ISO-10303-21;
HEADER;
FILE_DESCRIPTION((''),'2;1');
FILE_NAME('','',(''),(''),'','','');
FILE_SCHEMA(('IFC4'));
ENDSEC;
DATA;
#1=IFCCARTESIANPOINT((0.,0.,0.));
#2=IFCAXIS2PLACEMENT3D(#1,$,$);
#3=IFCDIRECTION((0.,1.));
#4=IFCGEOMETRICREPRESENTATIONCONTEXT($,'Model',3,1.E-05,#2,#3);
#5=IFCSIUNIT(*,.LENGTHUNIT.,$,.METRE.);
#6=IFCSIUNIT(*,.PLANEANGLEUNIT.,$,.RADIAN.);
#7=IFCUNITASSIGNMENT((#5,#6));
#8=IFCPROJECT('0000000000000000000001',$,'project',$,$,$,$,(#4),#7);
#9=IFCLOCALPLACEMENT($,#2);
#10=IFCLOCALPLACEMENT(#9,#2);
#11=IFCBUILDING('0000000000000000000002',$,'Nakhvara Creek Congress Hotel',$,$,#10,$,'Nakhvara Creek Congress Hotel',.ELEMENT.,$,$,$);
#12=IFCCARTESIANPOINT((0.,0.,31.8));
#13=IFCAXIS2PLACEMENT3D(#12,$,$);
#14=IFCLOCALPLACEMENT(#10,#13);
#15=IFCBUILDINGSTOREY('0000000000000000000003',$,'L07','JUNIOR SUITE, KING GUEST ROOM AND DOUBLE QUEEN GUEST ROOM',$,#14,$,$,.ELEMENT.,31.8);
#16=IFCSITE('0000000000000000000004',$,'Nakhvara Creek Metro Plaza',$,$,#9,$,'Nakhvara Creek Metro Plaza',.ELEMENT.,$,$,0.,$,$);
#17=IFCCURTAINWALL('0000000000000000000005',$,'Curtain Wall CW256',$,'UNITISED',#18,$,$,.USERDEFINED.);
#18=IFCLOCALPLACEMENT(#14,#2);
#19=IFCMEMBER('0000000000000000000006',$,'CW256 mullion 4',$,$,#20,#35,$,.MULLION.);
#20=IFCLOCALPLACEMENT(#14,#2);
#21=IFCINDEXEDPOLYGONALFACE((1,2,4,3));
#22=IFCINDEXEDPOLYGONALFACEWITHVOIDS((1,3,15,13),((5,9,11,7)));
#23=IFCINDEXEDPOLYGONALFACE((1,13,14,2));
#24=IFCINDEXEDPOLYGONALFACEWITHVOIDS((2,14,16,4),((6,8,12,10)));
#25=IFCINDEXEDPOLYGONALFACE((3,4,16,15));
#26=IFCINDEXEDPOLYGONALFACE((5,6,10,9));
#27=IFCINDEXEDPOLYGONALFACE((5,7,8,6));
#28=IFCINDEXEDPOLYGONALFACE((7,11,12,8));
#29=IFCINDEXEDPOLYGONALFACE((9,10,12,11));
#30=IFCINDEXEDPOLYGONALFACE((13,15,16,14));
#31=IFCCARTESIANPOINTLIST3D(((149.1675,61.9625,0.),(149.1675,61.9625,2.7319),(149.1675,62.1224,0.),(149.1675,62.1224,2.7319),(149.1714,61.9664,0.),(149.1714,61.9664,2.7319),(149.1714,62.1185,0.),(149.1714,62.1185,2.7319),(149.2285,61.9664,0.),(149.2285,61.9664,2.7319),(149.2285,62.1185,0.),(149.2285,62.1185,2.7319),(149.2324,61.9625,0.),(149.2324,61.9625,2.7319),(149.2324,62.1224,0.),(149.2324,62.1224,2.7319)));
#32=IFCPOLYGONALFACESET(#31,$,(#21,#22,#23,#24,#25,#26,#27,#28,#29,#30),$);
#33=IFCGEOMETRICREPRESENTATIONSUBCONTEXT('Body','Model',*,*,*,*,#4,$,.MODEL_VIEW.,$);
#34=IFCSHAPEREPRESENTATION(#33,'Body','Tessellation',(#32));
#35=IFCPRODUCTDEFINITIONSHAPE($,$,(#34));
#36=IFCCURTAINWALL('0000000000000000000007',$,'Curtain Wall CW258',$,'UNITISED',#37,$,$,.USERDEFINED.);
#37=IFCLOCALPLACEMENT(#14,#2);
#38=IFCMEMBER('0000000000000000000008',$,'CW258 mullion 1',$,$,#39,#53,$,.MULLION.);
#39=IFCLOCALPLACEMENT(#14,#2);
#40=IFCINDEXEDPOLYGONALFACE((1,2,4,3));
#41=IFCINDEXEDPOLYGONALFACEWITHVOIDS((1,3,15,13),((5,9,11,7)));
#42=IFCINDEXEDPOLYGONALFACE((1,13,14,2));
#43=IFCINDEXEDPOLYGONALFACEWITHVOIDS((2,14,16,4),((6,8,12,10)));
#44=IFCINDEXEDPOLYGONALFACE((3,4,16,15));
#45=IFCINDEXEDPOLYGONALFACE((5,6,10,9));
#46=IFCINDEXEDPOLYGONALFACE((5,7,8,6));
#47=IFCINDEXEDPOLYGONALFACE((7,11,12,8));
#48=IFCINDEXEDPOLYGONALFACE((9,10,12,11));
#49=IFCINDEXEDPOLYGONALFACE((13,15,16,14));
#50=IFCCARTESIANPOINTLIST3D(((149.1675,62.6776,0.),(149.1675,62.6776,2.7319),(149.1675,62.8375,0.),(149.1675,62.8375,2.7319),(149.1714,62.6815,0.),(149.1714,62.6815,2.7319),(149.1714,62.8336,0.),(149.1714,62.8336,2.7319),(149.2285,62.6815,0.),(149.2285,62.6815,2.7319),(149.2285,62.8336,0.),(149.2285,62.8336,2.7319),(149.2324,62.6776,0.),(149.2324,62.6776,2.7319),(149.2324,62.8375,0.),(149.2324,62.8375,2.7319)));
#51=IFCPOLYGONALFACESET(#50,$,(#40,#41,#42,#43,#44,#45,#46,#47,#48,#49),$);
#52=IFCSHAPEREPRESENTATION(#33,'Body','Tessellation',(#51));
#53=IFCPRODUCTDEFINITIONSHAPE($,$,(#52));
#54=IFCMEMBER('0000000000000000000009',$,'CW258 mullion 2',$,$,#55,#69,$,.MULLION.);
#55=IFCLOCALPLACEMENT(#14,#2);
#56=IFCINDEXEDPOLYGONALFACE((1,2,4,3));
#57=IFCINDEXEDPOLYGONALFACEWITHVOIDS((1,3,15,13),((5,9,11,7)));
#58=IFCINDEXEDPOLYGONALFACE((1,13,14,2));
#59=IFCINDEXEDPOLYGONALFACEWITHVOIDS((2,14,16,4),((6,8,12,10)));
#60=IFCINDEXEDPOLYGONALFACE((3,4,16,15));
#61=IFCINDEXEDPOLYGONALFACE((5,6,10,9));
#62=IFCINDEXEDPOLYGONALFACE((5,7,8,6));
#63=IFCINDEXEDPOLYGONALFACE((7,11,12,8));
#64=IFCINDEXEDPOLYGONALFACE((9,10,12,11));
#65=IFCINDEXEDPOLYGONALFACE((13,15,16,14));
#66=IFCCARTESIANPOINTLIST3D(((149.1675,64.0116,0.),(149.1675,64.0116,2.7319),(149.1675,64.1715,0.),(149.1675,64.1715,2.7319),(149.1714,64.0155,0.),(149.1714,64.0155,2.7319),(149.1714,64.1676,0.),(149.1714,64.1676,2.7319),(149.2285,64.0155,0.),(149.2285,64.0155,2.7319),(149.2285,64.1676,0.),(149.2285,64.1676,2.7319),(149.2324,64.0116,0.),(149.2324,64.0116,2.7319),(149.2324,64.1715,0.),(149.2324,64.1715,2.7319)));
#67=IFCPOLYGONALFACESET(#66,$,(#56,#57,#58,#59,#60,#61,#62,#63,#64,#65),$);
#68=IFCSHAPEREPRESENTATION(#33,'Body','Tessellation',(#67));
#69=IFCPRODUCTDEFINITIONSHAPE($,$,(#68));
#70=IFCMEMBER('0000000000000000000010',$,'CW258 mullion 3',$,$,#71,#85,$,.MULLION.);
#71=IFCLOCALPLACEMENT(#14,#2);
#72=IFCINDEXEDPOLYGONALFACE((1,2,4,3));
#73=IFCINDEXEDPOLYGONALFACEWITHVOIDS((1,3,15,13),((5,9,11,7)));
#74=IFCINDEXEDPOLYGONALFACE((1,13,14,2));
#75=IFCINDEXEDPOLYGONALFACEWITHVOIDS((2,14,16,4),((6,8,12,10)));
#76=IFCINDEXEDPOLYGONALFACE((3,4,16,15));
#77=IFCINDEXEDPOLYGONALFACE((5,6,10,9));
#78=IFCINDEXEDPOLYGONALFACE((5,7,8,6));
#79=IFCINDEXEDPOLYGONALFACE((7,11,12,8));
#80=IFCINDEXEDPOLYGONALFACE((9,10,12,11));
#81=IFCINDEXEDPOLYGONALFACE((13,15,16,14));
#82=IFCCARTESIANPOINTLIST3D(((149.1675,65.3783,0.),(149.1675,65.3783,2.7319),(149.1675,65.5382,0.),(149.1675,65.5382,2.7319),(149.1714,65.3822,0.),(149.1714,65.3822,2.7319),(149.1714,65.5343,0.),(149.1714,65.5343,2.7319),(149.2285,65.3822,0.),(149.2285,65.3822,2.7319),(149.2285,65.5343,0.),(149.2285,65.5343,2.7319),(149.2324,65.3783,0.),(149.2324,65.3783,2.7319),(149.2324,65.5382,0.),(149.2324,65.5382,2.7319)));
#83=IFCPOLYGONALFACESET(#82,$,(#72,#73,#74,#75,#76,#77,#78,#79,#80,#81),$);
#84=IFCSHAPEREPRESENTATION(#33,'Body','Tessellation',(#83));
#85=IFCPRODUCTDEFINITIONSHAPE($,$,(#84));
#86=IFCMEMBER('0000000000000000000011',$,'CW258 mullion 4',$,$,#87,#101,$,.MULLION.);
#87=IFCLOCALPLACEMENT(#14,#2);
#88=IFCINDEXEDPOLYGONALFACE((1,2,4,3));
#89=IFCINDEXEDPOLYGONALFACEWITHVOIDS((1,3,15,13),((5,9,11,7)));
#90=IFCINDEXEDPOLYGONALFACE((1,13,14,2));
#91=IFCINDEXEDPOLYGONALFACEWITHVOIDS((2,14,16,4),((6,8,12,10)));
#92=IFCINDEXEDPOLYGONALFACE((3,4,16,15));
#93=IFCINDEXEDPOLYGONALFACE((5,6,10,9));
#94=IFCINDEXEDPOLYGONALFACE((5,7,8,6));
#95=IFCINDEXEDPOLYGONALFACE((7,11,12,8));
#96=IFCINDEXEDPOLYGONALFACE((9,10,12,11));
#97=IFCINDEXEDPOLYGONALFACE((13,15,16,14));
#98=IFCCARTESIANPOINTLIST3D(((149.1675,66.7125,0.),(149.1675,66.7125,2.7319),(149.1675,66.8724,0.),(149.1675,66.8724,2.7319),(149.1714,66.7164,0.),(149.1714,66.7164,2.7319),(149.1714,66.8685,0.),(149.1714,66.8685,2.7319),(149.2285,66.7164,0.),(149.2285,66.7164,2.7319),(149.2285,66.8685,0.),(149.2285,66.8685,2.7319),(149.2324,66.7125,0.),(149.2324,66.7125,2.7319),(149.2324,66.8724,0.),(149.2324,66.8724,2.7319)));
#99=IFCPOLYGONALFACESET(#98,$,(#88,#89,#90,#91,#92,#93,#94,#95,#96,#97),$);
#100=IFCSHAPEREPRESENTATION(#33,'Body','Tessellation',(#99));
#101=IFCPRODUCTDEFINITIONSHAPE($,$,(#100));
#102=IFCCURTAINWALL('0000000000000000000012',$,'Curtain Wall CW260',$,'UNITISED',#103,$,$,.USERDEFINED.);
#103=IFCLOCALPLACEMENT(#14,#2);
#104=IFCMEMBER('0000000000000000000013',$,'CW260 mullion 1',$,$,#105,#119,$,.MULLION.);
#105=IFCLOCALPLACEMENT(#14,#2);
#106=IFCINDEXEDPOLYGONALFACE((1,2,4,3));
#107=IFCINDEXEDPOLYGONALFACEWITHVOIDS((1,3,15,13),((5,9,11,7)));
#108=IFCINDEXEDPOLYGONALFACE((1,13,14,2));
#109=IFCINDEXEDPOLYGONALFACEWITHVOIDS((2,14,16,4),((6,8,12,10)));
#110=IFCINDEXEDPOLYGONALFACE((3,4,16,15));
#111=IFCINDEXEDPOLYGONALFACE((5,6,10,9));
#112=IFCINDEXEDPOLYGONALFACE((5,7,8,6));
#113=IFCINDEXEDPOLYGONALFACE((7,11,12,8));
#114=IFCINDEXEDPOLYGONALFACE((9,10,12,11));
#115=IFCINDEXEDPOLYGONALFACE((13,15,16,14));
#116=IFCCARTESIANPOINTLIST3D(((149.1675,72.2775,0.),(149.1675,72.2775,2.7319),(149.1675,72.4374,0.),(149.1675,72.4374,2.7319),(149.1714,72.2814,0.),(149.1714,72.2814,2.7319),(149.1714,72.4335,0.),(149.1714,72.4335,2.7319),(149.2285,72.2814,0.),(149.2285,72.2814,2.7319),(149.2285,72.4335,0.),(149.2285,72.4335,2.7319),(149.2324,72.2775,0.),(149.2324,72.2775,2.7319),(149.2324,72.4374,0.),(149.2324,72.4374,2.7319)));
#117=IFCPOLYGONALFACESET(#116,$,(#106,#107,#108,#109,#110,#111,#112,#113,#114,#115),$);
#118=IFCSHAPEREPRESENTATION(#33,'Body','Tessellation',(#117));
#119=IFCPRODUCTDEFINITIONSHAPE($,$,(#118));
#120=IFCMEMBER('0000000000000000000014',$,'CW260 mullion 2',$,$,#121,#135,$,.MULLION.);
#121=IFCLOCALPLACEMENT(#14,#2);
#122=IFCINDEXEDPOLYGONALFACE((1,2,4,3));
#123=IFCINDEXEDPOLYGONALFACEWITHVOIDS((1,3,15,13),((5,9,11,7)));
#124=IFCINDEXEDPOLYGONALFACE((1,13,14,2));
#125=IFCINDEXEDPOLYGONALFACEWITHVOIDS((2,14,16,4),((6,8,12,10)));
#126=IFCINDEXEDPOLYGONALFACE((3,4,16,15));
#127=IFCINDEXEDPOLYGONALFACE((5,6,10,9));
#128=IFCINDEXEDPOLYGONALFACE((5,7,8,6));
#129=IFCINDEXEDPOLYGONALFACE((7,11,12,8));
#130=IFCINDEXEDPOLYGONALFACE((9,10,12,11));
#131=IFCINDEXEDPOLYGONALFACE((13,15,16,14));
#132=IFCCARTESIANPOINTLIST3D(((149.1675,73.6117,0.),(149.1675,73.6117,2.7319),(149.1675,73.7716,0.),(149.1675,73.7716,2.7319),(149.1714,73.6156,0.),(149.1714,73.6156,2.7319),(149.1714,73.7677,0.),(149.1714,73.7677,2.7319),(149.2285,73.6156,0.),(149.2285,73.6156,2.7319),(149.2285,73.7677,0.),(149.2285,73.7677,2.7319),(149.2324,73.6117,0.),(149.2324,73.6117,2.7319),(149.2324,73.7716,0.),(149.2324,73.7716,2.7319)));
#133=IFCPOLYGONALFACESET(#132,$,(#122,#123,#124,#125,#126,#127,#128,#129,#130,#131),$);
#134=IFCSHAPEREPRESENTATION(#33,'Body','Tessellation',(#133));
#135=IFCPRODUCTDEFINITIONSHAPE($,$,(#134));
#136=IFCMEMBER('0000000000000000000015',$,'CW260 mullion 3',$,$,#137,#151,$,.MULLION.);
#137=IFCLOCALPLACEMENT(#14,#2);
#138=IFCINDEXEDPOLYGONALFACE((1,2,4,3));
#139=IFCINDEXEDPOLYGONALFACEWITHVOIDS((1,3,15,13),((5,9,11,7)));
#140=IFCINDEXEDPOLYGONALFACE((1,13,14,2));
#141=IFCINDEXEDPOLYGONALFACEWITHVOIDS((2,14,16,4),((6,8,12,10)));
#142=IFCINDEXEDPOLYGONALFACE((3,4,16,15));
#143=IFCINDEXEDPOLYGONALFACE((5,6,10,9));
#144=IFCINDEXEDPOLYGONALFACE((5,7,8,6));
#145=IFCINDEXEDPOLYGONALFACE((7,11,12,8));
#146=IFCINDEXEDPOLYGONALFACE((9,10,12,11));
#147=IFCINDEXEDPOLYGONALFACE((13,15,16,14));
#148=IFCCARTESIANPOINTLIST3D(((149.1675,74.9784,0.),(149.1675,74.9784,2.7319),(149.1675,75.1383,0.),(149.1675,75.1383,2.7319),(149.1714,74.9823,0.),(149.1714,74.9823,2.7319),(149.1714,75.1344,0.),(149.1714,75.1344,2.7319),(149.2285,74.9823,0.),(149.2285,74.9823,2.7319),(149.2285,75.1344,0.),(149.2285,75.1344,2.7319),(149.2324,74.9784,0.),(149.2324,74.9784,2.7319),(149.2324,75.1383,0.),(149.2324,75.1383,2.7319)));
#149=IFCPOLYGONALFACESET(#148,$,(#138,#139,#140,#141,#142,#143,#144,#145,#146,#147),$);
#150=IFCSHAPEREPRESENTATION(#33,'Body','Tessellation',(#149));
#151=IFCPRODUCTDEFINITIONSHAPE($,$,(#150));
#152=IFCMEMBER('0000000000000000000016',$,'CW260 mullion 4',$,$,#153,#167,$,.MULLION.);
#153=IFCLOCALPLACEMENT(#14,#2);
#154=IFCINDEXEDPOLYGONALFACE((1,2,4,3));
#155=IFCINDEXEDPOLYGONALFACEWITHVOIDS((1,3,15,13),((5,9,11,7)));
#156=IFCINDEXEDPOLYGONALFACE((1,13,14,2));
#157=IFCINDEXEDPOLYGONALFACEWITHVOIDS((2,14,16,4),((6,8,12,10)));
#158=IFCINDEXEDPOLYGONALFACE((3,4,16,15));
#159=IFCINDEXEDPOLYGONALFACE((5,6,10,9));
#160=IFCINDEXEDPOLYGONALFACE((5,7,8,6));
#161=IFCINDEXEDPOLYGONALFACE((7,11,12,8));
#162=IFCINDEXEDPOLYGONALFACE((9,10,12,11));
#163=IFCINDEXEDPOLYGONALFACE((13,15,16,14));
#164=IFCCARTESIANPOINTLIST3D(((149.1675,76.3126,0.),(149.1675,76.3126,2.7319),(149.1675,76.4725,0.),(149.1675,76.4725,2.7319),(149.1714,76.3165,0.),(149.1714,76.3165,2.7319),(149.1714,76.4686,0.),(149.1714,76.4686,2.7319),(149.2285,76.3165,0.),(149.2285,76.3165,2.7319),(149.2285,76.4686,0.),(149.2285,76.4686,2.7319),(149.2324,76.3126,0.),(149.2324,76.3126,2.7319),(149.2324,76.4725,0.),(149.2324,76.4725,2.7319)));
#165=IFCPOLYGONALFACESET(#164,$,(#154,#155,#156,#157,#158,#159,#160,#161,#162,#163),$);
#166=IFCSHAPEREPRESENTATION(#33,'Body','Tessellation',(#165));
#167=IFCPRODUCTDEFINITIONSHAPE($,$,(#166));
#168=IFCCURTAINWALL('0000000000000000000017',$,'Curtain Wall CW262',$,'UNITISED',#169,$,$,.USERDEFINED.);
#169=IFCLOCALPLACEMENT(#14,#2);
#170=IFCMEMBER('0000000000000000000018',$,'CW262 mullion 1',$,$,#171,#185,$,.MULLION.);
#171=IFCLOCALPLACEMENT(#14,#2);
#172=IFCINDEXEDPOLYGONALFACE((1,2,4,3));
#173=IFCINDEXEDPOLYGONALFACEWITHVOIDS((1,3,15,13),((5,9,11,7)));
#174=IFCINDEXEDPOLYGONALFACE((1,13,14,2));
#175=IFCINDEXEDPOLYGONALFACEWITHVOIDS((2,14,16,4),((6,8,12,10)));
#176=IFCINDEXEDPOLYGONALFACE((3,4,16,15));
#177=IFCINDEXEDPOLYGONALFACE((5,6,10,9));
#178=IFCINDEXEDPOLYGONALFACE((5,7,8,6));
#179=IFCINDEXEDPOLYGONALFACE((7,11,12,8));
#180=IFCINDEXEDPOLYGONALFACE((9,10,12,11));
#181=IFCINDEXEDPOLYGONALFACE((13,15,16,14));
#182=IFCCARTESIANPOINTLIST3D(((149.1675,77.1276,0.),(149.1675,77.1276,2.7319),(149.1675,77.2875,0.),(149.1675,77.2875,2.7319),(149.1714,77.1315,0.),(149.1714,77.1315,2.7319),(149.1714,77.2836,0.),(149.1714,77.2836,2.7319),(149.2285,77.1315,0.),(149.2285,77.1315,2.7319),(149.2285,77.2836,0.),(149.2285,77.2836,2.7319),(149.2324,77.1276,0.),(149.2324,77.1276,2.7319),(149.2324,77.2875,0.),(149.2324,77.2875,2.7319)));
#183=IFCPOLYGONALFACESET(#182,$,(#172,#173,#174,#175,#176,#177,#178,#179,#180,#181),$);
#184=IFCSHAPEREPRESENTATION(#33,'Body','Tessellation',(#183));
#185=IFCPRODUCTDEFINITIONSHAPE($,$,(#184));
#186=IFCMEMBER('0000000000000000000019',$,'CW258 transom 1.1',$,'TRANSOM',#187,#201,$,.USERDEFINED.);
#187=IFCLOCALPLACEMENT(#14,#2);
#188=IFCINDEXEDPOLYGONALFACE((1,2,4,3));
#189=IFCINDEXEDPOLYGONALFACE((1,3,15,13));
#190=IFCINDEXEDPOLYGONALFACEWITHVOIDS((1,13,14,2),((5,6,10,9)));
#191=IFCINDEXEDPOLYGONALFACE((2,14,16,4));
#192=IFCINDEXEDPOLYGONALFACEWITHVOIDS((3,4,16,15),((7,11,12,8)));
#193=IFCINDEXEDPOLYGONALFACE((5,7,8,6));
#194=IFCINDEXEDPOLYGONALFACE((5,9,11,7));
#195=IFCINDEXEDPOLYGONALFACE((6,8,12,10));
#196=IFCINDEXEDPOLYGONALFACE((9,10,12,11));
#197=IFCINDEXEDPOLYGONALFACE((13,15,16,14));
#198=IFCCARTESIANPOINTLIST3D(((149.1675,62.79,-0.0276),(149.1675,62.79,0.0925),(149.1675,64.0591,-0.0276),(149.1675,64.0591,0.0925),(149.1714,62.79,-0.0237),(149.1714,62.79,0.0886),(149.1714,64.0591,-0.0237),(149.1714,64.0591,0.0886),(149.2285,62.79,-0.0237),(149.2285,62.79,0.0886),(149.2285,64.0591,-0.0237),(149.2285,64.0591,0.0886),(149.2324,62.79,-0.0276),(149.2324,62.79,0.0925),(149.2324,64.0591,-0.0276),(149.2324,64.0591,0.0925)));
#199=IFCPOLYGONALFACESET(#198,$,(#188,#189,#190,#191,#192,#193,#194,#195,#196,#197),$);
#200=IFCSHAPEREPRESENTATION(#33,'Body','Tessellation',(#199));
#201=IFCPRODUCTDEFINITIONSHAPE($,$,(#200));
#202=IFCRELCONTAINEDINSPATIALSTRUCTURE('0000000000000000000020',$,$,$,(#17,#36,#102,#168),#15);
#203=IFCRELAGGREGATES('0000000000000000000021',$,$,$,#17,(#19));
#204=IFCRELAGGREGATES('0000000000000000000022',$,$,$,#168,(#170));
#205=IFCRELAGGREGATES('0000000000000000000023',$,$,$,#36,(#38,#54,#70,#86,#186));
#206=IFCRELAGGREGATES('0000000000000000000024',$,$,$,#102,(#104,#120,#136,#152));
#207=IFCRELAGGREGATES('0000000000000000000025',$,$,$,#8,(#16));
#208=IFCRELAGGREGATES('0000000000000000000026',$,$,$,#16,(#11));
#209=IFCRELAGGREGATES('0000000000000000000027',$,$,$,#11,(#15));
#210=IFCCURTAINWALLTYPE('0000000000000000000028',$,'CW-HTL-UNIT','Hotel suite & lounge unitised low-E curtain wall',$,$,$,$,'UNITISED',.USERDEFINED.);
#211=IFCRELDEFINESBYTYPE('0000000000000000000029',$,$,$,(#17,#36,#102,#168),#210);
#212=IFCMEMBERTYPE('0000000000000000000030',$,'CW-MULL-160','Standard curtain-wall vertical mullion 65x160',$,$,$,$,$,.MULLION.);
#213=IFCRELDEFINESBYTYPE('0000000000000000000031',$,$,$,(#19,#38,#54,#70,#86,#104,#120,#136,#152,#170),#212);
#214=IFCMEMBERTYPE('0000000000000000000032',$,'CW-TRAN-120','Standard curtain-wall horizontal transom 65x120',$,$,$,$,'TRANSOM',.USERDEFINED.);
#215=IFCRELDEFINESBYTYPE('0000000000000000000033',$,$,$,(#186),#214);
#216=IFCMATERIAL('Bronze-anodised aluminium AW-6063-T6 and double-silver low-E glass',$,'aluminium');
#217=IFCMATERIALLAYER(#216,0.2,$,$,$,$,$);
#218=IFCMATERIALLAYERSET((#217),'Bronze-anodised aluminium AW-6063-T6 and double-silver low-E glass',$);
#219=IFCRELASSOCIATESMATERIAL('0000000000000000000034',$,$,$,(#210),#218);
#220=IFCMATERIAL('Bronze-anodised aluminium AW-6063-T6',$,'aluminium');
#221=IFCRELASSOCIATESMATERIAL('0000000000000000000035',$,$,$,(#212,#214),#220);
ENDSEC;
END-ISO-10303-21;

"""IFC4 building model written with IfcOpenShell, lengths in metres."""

from ifc_helpers import new_model, si_unit, direction, frame, origin, origin_2d, place, context, subcontext, project, spatial, hollow_rectangle, extrude, material, layer, layer_set, material_profile, profile_set, type_object, element, aggregate, save


model = new_model("IFC4")

# Units and contexts
model_context = context("Model", 3, precision=1e-05, world=origin(), true_north=direction((0.0, 1.0)))
body_context = subcontext(model_context, "Body", "Model", "MODEL_VIEW")
ifc_project = project(units=[si_unit("LENGTHUNIT", "METRE"), si_unit("PLANEANGLEUNIT", "RADIAN")], contexts=[model_context])

# Site, building, storey
site_placement = place(None, origin())
site = spatial("IfcSite", under=ifc_project, at=site_placement, Name="Nakhvara Creek Metro Plaza", LongName="Nakhvara Creek Metro Plaza", CompositionType="ELEMENT", RefElevation=0.0)
building_placement = place(site_placement, origin())
building = spatial("IfcBuilding", under=site, at=building_placement, Name="Nakhvara Creek Congress Hotel", LongName="Nakhvara Creek Congress Hotel", CompositionType="ELEMENT")
storey_placement = place(building_placement, frame((0.0, 0.0, 31.8)))
storey = spatial("IfcBuildingStorey", under=building, at=storey_placement, Name="L07", Description="JUNIOR SUITE, KING GUEST ROOM AND DOUBLE QUEEN GUEST ROOM", CompositionType="ELEMENT", Elevation=31.8)

# Curtain wall, member
ifc_material_1 = material(Name="Bronze-anodised aluminium AW-6063-T6 and double-silver low-E glass", Category="aluminium")
ifc_layer = layer(ifc_material_1, 0.2)
ifc_layer_set = layer_set([ifc_layer], Name="Bronze-anodised aluminium AW-6063-T6 and double-silver low-E glass")
curtain_wall_type = type_object("IfcCurtainWallType", Name="CW-HTL-UNIT", Description="Hotel suite & lounge unitised low-E curtain wall", ElementType="UNITISED", PredefinedType="USERDEFINED", material=ifc_layer_set)
curtain_wall_1_placement = place(storey_placement, origin())
curtain_wall_1 = element("IfcCurtainWall", 1, at=curtain_wall_1_placement, inside=storey, type_object=curtain_wall_type, Name="Curtain Wall CW256", ObjectType="UNITISED", PredefinedType="USERDEFINED")
ifc_material_2 = material(Name="Bronze-anodised aluminium AW-6063-T6", Category="aluminium")
ifc_material_profile_1 = material_profile(ifc_material_2, hollow_rectangle(XDim=0.0649, YDim=0.1599, WallThickness=0.0039, at=origin_2d()), Name="ALU-MULL 65x160x4", Category="LoadBearing")
ifc_profile_set_1 = profile_set([ifc_material_profile_1], Name="Bronze-anodised aluminium AW-6063-T6")
member_type_1 = type_object("IfcMemberType", Name="CW-MULL-160", Description="Standard curtain-wall vertical mullion 65x160", PredefinedType="MULLION", material=ifc_profile_set_1)
member_1_placement = place(storey_placement, frame((149.2, 62.0425, 0.0), z_axis=(0.0, 0.0, 1.0), x_axis=(-1.0, 0.0, 0.0)))
member_1 = element("IfcMember", 2, at=member_1_placement, type_object=member_type_1, Name="CW256 mullion 4", PredefinedType="MULLION", context=body_context, shape_type="SweptSolid", body=[
    extrude(hollow_rectangle(XDim=0.0649, YDim=0.1599, WallThickness=0.0039, at=origin_2d()), origin(), (0.0, 0.0, 1.0), 2.7319),
])
aggregate(curtain_wall_1, [member_1])

# Curtain walls, members
curtain_wall_2_placement = place(storey_placement, origin())
curtain_wall_2 = element("IfcCurtainWall", 3, at=curtain_wall_2_placement, inside=storey, type_object=curtain_wall_type, Name="Curtain Wall CW258", ObjectType="UNITISED", PredefinedType="USERDEFINED")
member_2_placement = place(storey_placement, frame((149.2, 62.7576, 0.0), z_axis=(0.0, 0.0, 1.0), x_axis=(-1.0, 0.0, 0.0)))
member_2 = element("IfcMember", 4, at=member_2_placement, type_object=member_type_1, Name="CW258 mullion 1", PredefinedType="MULLION", context=body_context, shape_type="SweptSolid", body=[
    extrude(hollow_rectangle(XDim=0.0649, YDim=0.1599, WallThickness=0.0039, at=origin_2d()), origin(), (0.0, 0.0, 1.0), 2.7319),
])
member_3_placement = place(storey_placement, frame((149.2, 64.0916, 0.0), z_axis=(0.0, 0.0, 1.0), x_axis=(-1.0, 0.0, 0.0)))
member_3 = element("IfcMember", 5, at=member_3_placement, type_object=member_type_1, Name="CW258 mullion 2", PredefinedType="MULLION", context=body_context, shape_type="SweptSolid", body=[
    extrude(hollow_rectangle(XDim=0.0649, YDim=0.1599, WallThickness=0.0039, at=origin_2d()), origin(), (0.0, 0.0, 1.0), 2.7319),
])
member_4_placement = place(storey_placement, frame((149.2, 65.4583, 0.0), z_axis=(0.0, 0.0, 1.0), x_axis=(-1.0, 0.0, 0.0)))
member_4 = element("IfcMember", 6, at=member_4_placement, type_object=member_type_1, Name="CW258 mullion 3", PredefinedType="MULLION", context=body_context, shape_type="SweptSolid", body=[
    extrude(hollow_rectangle(XDim=0.0649, YDim=0.1599, WallThickness=0.0039, at=origin_2d()), origin(), (0.0, 0.0, 1.0), 2.7319),
])
member_5_placement = place(storey_placement, frame((149.2, 66.7925, 0.0), z_axis=(0.0, 0.0, 1.0), x_axis=(-1.0, 0.0, 0.0)))
member_5 = element("IfcMember", 7, at=member_5_placement, type_object=member_type_1, Name="CW258 mullion 4", PredefinedType="MULLION", context=body_context, shape_type="SweptSolid", body=[
    extrude(hollow_rectangle(XDim=0.0649, YDim=0.1599, WallThickness=0.0039, at=origin_2d()), origin(), (0.0, 0.0, 1.0), 2.7319),
])
curtain_wall_3_placement = place(storey_placement, origin())
curtain_wall_3 = element("IfcCurtainWall", 8, at=curtain_wall_3_placement, inside=storey, type_object=curtain_wall_type, Name="Curtain Wall CW260", ObjectType="UNITISED", PredefinedType="USERDEFINED")
member_6_placement = place(storey_placement, frame((149.2, 72.3574, 0.0), z_axis=(0.0, 0.0, 1.0), x_axis=(-1.0, 0.0, 0.0)))
member_6 = element("IfcMember", 9, at=member_6_placement, type_object=member_type_1, Name="CW260 mullion 1", PredefinedType="MULLION", context=body_context, shape_type="SweptSolid", body=[
    extrude(hollow_rectangle(XDim=0.0649, YDim=0.1599, WallThickness=0.0039, at=origin_2d()), origin(), (0.0, 0.0, 1.0), 2.7319),
])
member_7_placement = place(storey_placement, frame((149.2, 73.6917, 0.0), z_axis=(0.0, 0.0, 1.0), x_axis=(-1.0, 0.0, 0.0)))
member_7 = element("IfcMember", 10, at=member_7_placement, type_object=member_type_1, Name="CW260 mullion 2", PredefinedType="MULLION", context=body_context, shape_type="SweptSolid", body=[
    extrude(hollow_rectangle(XDim=0.0649, YDim=0.1599, WallThickness=0.0039, at=origin_2d()), origin(), (0.0, 0.0, 1.0), 2.7319),
])
member_8_placement = place(storey_placement, frame((149.2, 75.0583, 0.0), z_axis=(0.0, 0.0, 1.0), x_axis=(-1.0, 0.0, 0.0)))
member_8 = element("IfcMember", 11, at=member_8_placement, type_object=member_type_1, Name="CW260 mullion 3", PredefinedType="MULLION", context=body_context, shape_type="SweptSolid", body=[
    extrude(hollow_rectangle(XDim=0.0649, YDim=0.1599, WallThickness=0.0039, at=origin_2d()), origin(), (0.0, 0.0, 1.0), 2.7319),
])
member_9_placement = place(storey_placement, frame((149.2, 76.3926, 0.0), z_axis=(0.0, 0.0, 1.0), x_axis=(-1.0, 0.0, 0.0)))
member_9 = element("IfcMember", 12, at=member_9_placement, type_object=member_type_1, Name="CW260 mullion 4", PredefinedType="MULLION", context=body_context, shape_type="SweptSolid", body=[
    extrude(hollow_rectangle(XDim=0.0649, YDim=0.1599, WallThickness=0.0039, at=origin_2d()), origin(), (0.0, 0.0, 1.0), 2.7319),
])

# Curtain wall, member
curtain_wall_4_placement = place(storey_placement, origin())
curtain_wall_4 = element("IfcCurtainWall", 13, at=curtain_wall_4_placement, inside=storey, type_object=curtain_wall_type, Name="Curtain Wall CW262", ObjectType="UNITISED", PredefinedType="USERDEFINED")
member_10_placement = place(storey_placement, frame((149.2, 77.2075, 0.0), z_axis=(0.0, 0.0, 1.0), x_axis=(-1.0, 0.0, 0.0)))
member_10 = element("IfcMember", 14, at=member_10_placement, type_object=member_type_1, Name="CW262 mullion 1", PredefinedType="MULLION", context=body_context, shape_type="SweptSolid", body=[
    extrude(hollow_rectangle(XDim=0.0649, YDim=0.1599, WallThickness=0.0039, at=origin_2d()), origin(), (0.0, 0.0, 1.0), 2.7319),
])
aggregate(curtain_wall_4, [member_10])

# Member
ifc_material_profile_2 = material_profile(ifc_material_2, hollow_rectangle(XDim=0.0649, YDim=0.1201, WallThickness=0.0039, at=origin_2d()), Name="ALU-TRAN 65x120x4", Category="LoadBearing")
ifc_profile_set_2 = profile_set([ifc_material_profile_2], Name="Bronze-anodised aluminium AW-6063-T6")
member_type_2 = type_object("IfcMemberType", Name="CW-TRAN-120", Description="Standard curtain-wall horizontal transom 65x120", ElementType="TRANSOM", PredefinedType="USERDEFINED", material=ifc_profile_set_2)
member_11_placement = place(storey_placement, frame((149.2, 62.79, 0.0325), z_axis=(0.0, 1.0, 0.0), x_axis=(-1.0, 0.0, 0.0)))
member_11 = element("IfcMember", 15, at=member_11_placement, type_object=member_type_2, Name="CW258 transom 1.1", ObjectType="TRANSOM", PredefinedType="USERDEFINED", context=body_context, shape_type="SweptSolid", body=[
    extrude(hollow_rectangle(XDim=0.0649, YDim=0.1201, WallThickness=0.0039, at=origin_2d()), origin(), (0.0, 0.0, 1.0), 1.269),
])

aggregate(curtain_wall_2, [member_2, member_3, member_4, member_5, member_11])
aggregate(curtain_wall_3, [member_6, member_7, member_8, member_9])

save(model, "model.ifc")
